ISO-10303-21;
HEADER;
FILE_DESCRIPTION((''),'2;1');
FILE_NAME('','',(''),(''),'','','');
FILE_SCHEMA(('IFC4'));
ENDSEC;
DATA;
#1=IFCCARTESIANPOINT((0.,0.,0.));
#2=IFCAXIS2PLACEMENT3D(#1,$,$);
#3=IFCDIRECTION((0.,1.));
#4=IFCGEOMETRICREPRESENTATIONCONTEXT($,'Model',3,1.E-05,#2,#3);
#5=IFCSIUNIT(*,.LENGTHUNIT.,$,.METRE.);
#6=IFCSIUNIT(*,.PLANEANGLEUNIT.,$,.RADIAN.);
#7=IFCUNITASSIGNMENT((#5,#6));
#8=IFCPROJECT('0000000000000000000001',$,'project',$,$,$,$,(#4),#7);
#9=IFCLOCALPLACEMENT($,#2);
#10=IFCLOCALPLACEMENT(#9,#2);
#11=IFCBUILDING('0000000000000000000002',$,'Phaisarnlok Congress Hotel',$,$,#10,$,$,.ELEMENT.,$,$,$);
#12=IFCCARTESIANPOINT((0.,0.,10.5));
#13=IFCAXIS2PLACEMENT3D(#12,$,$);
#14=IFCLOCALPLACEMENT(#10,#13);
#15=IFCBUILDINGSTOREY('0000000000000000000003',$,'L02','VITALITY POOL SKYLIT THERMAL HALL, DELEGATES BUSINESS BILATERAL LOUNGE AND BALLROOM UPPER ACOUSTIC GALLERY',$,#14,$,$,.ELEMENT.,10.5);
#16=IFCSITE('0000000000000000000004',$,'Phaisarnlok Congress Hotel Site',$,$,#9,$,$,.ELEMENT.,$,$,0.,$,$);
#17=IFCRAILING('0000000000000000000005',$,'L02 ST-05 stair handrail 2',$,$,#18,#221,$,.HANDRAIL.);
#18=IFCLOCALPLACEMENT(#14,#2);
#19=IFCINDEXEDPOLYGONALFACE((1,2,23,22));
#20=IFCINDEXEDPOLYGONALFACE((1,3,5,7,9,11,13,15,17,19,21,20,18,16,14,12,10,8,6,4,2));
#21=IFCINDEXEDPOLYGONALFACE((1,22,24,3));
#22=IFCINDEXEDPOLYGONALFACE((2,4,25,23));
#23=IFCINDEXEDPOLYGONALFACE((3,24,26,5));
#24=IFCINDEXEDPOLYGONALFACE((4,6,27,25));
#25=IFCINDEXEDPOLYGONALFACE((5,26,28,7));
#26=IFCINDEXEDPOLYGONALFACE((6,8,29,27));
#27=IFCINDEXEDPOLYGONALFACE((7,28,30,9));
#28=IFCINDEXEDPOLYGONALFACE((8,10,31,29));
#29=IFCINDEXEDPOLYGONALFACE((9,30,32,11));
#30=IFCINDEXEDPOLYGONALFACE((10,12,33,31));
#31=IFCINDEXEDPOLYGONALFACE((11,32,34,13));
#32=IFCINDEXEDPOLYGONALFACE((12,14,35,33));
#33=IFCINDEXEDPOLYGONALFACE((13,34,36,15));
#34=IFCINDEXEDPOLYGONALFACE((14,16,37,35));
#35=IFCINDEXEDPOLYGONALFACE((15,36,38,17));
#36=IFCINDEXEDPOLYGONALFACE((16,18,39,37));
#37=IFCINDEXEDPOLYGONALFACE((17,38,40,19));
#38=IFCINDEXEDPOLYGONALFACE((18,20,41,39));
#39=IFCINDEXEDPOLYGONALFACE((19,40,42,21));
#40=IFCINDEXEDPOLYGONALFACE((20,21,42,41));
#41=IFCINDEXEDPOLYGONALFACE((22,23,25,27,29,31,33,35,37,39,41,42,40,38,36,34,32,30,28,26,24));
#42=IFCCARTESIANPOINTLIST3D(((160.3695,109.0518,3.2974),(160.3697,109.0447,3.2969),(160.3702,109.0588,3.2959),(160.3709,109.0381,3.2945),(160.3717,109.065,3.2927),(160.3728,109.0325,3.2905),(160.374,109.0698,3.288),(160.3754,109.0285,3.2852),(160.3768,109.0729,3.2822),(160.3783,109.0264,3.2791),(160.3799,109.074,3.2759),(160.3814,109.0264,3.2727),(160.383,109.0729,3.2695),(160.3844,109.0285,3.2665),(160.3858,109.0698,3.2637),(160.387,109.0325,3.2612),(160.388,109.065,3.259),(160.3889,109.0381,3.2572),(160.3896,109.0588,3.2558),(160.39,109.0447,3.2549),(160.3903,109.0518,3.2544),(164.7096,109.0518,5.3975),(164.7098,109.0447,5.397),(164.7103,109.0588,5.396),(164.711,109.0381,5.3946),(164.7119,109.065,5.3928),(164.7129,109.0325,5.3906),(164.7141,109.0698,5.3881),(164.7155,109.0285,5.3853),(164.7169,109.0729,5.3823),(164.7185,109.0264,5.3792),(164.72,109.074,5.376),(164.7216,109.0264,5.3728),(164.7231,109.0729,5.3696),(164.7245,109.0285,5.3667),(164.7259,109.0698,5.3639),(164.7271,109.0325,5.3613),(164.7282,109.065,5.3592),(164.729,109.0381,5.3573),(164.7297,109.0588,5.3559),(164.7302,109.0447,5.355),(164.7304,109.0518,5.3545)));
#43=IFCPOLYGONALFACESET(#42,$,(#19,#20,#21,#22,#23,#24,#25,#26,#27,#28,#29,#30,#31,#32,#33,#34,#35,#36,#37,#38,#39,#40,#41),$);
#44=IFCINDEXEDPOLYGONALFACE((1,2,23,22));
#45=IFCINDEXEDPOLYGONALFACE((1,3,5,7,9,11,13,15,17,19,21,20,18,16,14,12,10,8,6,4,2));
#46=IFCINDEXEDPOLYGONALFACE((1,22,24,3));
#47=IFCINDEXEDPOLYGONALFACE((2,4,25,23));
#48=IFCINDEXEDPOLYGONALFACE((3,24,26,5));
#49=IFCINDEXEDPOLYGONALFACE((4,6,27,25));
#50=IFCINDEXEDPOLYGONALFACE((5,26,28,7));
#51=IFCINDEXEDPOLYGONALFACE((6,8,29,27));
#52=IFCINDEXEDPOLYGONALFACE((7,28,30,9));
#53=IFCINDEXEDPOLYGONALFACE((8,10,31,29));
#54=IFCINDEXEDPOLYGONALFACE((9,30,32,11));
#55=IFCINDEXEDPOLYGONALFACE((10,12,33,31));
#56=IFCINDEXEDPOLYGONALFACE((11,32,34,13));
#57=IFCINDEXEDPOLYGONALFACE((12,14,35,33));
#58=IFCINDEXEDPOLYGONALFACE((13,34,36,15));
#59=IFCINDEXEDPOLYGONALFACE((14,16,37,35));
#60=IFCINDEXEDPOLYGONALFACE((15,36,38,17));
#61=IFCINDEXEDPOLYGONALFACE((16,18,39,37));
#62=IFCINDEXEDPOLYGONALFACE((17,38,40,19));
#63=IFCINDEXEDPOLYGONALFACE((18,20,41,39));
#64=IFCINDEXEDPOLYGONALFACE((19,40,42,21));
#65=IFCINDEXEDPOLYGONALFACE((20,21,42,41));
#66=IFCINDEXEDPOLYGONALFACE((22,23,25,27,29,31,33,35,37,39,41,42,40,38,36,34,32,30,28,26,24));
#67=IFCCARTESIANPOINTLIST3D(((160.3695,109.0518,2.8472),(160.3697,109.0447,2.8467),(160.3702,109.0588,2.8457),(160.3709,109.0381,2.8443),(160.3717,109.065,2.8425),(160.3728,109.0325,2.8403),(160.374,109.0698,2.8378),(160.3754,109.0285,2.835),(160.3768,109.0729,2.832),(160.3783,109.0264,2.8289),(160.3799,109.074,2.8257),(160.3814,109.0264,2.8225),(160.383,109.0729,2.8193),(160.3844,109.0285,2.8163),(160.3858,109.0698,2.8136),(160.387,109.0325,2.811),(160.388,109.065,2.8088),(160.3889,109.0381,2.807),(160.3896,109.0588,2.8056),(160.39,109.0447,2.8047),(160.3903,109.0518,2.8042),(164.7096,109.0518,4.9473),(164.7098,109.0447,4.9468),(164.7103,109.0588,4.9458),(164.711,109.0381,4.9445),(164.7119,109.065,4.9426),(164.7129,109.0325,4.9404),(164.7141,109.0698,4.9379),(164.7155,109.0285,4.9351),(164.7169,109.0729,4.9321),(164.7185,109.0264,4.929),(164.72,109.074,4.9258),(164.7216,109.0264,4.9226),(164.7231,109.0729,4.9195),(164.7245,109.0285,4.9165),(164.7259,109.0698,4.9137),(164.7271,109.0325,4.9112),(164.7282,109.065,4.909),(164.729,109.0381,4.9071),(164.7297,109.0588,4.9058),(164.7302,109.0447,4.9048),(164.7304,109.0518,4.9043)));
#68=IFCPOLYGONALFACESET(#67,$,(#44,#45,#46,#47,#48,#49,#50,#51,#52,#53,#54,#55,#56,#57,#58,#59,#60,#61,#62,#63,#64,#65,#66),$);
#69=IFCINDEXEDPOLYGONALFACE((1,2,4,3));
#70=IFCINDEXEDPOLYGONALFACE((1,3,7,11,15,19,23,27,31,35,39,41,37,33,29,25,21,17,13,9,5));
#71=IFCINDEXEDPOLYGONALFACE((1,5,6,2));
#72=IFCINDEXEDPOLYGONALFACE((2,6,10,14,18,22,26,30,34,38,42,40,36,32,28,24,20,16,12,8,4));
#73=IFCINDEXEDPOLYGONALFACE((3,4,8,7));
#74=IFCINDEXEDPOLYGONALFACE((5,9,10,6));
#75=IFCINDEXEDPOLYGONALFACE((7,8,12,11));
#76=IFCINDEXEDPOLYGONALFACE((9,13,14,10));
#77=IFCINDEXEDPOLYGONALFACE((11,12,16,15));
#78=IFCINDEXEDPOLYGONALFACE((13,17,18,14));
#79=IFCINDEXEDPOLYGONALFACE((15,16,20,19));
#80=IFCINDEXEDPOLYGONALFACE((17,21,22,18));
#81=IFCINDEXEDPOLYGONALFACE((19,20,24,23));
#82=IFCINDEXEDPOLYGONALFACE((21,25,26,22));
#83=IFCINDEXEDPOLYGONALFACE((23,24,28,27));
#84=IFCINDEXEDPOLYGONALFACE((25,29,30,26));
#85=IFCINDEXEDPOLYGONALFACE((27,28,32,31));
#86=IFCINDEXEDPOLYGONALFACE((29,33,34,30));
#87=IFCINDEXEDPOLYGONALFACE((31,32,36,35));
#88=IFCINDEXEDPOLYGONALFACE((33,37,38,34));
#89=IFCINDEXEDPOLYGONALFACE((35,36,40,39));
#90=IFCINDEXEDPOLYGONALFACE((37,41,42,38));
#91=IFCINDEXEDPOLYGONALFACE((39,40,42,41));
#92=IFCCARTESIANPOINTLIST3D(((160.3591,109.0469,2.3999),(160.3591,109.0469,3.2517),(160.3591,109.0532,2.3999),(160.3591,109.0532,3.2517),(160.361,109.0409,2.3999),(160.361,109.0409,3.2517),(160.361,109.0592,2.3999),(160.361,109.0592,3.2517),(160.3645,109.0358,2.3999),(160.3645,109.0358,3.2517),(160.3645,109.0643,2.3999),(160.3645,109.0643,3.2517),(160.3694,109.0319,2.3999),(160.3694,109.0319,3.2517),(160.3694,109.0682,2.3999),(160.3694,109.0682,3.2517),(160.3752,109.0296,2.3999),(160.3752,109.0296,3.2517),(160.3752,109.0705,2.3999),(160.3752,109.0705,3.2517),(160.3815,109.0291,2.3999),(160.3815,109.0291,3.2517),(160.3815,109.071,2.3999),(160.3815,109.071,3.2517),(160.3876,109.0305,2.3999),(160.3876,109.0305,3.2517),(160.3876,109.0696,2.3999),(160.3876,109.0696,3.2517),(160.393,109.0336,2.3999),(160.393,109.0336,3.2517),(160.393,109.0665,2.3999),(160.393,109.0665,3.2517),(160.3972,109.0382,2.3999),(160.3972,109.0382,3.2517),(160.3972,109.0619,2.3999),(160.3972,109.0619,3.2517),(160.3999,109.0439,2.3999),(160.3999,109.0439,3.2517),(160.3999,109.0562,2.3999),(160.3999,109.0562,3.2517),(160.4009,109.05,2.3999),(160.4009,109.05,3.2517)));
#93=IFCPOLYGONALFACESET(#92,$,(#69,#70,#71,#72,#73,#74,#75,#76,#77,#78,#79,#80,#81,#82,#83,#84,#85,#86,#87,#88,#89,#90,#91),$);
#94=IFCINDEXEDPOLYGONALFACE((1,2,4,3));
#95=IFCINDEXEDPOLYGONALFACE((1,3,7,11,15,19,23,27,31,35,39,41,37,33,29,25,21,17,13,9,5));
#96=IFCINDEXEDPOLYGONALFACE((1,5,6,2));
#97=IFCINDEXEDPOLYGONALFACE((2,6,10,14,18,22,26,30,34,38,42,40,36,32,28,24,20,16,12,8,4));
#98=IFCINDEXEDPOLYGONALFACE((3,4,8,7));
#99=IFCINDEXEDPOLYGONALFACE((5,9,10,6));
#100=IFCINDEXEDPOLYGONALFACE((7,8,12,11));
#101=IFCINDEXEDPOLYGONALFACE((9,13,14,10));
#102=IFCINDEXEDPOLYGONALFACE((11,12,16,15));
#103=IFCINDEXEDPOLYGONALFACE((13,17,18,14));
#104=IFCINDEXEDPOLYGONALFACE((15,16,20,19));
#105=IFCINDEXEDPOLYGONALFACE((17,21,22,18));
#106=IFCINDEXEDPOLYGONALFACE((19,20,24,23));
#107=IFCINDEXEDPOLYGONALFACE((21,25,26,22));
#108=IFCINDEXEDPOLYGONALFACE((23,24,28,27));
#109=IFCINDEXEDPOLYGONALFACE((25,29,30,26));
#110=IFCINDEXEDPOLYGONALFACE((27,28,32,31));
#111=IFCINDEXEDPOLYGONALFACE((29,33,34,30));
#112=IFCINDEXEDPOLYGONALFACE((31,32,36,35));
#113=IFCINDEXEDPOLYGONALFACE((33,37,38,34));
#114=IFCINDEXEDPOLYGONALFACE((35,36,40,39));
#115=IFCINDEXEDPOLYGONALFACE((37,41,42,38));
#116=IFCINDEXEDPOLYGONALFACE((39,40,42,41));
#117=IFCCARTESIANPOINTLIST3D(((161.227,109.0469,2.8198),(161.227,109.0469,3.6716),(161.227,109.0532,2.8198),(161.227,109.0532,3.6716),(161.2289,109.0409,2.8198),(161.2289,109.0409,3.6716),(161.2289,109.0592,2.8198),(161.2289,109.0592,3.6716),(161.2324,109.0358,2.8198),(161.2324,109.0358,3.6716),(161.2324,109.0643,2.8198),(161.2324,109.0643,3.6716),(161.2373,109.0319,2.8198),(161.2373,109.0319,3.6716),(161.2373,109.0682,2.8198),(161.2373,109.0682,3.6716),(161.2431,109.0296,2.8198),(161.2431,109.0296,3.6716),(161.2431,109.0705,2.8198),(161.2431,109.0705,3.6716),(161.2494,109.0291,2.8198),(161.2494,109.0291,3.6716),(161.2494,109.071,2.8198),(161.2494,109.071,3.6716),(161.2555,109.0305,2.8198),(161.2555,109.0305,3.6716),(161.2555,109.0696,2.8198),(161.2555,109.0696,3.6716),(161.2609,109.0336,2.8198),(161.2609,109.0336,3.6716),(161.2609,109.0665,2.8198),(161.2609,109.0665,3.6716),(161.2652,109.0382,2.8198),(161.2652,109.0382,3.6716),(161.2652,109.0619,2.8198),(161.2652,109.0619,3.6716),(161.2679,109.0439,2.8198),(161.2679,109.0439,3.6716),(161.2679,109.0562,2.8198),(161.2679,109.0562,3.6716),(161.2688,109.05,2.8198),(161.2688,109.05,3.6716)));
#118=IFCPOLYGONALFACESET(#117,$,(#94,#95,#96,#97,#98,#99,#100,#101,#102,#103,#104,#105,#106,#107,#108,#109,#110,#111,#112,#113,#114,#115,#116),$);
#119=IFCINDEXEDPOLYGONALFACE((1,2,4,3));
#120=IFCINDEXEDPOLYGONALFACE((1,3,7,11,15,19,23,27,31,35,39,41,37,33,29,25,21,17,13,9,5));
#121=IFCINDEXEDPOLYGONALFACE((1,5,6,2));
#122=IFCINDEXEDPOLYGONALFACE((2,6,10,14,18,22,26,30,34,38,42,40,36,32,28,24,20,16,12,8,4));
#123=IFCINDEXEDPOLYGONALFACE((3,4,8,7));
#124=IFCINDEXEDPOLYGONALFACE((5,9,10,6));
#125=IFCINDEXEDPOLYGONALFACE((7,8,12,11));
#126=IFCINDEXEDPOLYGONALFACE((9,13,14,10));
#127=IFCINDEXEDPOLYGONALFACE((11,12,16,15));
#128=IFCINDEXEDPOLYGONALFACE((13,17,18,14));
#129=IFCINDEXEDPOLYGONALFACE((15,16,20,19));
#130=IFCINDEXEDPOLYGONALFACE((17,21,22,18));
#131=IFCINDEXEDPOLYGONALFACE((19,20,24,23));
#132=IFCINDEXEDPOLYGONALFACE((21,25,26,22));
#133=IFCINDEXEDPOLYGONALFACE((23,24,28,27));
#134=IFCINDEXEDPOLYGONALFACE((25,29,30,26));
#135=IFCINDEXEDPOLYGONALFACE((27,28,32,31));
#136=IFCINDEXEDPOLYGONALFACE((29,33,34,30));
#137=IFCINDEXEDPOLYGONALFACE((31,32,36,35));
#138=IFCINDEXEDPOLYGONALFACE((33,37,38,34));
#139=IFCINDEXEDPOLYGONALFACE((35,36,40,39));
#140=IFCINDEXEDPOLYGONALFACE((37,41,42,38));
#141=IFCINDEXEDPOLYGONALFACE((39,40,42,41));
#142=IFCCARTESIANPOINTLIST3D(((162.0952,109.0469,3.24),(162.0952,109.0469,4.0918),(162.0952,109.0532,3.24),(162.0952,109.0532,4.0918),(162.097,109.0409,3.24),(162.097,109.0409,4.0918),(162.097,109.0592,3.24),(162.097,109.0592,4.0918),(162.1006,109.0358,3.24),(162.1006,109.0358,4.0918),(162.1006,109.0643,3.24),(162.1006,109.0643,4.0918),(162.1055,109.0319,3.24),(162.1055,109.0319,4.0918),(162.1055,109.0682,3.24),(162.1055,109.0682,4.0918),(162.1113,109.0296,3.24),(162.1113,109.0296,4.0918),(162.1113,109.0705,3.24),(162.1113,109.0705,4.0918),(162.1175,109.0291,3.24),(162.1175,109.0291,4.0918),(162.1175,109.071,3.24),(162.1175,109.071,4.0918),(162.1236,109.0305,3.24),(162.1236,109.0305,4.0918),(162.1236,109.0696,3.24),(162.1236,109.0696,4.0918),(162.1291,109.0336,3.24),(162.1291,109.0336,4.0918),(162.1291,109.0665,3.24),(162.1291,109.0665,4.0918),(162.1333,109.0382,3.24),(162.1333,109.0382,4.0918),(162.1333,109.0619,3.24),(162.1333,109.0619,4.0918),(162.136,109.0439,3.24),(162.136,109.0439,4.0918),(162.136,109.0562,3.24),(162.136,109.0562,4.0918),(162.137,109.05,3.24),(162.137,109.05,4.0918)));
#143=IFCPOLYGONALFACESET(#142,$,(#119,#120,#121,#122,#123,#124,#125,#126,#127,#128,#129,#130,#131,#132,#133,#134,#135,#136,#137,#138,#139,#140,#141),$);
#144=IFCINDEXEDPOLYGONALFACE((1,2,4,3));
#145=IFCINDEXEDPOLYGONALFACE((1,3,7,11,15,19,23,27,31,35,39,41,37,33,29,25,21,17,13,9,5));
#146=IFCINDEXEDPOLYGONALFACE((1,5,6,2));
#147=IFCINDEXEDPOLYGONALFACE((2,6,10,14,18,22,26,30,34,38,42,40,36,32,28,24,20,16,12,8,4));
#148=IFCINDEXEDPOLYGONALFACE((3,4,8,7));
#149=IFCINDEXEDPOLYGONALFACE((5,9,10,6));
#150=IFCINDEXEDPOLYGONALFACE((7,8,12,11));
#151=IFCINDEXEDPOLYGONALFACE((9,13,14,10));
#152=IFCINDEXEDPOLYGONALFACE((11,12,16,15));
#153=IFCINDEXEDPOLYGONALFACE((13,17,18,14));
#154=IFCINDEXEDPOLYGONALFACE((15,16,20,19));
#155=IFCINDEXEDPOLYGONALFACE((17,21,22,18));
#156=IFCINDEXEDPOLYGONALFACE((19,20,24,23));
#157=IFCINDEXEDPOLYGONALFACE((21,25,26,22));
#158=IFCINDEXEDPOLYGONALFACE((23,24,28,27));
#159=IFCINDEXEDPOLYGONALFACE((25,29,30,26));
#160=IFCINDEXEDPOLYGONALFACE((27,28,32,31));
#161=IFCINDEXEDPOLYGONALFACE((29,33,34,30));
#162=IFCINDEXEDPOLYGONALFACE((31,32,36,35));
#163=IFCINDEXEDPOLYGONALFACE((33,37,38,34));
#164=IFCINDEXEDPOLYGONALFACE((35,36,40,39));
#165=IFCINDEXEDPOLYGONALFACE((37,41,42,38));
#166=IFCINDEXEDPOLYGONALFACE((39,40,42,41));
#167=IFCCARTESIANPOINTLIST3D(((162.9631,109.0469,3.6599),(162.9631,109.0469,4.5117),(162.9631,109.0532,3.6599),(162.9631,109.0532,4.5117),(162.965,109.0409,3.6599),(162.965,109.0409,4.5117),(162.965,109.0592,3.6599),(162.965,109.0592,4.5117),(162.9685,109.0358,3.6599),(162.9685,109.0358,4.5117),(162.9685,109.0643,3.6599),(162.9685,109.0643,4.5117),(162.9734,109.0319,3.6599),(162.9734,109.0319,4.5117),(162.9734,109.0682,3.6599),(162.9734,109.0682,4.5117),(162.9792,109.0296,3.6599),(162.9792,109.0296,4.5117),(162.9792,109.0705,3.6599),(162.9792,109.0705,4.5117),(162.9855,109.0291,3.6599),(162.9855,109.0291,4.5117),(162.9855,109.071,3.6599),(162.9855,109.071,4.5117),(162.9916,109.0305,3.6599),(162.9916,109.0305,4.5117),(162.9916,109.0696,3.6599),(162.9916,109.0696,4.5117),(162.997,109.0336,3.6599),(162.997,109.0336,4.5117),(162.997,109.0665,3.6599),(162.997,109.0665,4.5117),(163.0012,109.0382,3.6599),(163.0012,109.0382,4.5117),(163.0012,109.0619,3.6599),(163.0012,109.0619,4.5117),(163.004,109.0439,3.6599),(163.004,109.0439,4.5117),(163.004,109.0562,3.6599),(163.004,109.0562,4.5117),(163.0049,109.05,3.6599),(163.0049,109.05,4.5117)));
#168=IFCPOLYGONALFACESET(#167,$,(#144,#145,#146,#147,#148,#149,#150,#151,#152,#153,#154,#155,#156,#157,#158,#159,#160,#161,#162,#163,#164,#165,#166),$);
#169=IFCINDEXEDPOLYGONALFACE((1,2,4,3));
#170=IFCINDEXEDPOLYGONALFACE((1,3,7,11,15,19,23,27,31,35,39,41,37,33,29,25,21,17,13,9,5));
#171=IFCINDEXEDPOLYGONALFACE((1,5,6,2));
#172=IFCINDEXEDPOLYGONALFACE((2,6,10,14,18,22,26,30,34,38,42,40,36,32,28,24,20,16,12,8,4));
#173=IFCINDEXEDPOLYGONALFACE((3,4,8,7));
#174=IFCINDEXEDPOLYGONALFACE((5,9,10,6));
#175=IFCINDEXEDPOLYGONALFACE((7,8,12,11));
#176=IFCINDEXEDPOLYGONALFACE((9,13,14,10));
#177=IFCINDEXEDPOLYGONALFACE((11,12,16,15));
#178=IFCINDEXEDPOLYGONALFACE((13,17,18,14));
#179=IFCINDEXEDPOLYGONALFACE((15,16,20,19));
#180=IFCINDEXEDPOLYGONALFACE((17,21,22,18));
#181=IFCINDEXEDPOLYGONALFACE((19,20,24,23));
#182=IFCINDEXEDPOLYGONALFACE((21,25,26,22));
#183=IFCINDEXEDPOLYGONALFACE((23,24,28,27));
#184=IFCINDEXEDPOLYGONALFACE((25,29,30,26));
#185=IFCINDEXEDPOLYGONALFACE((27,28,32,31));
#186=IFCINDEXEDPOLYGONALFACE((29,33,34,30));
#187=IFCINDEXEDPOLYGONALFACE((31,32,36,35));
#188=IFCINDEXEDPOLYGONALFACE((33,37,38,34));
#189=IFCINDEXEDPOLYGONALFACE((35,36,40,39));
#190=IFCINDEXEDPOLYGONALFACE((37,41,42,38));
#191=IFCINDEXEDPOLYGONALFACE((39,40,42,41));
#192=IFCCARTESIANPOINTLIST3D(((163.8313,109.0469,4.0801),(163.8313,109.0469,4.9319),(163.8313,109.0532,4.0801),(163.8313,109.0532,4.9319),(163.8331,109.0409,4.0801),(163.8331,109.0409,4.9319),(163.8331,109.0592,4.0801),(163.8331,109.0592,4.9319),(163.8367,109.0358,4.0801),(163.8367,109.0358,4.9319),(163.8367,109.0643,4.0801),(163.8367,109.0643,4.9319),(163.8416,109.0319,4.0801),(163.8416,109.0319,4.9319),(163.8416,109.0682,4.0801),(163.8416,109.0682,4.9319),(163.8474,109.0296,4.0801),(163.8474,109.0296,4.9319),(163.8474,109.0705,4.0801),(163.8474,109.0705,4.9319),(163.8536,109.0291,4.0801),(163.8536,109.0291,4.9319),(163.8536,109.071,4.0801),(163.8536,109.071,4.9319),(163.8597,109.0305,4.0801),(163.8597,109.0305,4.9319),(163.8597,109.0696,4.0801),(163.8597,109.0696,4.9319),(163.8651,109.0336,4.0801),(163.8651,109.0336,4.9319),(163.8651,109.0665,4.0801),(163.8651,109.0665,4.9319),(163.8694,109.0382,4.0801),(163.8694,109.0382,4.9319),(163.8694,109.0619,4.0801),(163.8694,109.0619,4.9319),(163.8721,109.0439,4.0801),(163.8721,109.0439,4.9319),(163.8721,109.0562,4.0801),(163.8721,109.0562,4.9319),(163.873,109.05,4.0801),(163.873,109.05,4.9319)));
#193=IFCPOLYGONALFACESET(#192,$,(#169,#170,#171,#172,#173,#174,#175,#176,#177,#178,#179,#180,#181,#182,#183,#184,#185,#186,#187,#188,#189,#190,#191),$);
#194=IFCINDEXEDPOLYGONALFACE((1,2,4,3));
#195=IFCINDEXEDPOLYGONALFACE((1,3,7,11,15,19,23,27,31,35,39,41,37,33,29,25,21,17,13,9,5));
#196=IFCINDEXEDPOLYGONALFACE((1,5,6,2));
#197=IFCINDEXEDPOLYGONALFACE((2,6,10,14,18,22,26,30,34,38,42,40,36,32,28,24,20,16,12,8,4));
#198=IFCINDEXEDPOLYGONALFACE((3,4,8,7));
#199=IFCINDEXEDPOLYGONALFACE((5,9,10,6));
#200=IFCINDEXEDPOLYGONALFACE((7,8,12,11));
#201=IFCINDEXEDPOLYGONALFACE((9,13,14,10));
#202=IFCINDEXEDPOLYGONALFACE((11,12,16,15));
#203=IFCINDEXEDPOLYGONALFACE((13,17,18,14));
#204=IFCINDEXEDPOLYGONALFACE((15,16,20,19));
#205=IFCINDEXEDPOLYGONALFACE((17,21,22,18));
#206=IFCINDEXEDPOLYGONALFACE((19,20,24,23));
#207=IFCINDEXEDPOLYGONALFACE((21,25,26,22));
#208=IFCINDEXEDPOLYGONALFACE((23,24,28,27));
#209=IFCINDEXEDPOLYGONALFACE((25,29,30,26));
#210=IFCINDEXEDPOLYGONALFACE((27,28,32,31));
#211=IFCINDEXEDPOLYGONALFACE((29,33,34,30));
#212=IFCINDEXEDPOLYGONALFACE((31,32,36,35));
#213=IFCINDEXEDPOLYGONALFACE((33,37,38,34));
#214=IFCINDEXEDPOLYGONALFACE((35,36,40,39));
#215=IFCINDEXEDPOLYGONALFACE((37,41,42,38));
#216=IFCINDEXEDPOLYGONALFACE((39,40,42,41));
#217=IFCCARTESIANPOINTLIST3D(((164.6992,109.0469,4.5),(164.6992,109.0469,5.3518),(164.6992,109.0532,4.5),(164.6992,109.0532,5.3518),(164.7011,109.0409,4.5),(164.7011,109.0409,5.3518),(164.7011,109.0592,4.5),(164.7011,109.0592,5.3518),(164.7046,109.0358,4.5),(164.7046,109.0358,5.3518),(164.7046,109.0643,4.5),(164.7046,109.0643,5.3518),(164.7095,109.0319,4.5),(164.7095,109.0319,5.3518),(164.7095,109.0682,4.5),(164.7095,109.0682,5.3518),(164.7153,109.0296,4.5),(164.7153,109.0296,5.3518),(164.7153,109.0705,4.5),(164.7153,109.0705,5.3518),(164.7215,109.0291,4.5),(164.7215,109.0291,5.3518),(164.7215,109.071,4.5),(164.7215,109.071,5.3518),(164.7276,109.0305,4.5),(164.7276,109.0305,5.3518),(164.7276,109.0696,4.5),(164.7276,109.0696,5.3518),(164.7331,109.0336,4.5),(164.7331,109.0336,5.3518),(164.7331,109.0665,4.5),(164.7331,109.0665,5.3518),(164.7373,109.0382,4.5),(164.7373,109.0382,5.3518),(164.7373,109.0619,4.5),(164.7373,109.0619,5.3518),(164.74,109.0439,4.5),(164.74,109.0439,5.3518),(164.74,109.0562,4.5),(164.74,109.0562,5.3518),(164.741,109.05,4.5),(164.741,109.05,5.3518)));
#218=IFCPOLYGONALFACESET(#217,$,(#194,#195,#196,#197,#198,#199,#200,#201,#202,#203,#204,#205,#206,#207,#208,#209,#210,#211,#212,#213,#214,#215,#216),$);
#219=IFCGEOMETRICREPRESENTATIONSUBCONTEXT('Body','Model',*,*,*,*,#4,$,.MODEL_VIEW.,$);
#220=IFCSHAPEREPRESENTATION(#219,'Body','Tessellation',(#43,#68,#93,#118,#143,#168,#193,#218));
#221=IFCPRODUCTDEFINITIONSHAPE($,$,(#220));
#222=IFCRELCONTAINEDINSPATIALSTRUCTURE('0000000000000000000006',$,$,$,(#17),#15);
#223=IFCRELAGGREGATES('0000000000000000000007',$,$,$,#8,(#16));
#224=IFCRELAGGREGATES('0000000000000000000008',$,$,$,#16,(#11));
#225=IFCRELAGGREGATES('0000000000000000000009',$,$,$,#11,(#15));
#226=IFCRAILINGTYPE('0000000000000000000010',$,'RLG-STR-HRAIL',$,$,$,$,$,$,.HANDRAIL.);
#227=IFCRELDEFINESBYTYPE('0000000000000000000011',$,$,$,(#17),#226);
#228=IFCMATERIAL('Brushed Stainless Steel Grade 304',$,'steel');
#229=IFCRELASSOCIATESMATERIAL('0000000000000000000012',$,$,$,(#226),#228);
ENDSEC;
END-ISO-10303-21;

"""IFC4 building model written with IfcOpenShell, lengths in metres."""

from ifc_helpers import new_model, si_unit, direction, frame, origin, origin_2d, place, context, subcontext, project, spatial, circle, extrude, material, type_object, element, save


model = new_model("IFC4")

# Units and contexts
model_context = context("Model", 3, precision=1e-05, world=origin(), true_north=direction((0.0, 1.0)))
body_context = subcontext(model_context, "Body", "Model", "MODEL_VIEW")
ifc_project = project(units=[si_unit("LENGTHUNIT", "METRE"), si_unit("PLANEANGLEUNIT", "RADIAN")], contexts=[model_context])

# Site, building, storey
site_placement = place(None, origin())
site = spatial("IfcSite", under=ifc_project, at=site_placement, Name="Phaisarnlok Congress Hotel Site", CompositionType="ELEMENT", RefElevation=0.0)
building_placement = place(site_placement, origin())
building = spatial("IfcBuilding", under=site, at=building_placement, Name="Phaisarnlok Congress Hotel", CompositionType="ELEMENT")
storey_placement = place(building_placement, frame((0.0, 0.0, 10.5)))
storey = spatial("IfcBuildingStorey", under=building, at=storey_placement, Name="L02", Description="VITALITY POOL SKYLIT THERMAL HALL, DELEGATES BUSINESS BILATERAL LOUNGE AND BALLROOM UPPER ACOUSTIC GALLERY", CompositionType="ELEMENT", Elevation=10.5)

# Railing
ifc_material_1 = material(Name="Brushed Stainless Steel Grade 304", Category="steel")
railing_type_1 = type_object("IfcRailingType", Name="RLG-STR-HRAIL", PredefinedType="HANDRAIL", material=ifc_material_1)
railing_1_placement = place(storey_placement, frame((160.3799, 109.05, 2.3999)))
element("IfcRailing", 1, at=railing_1_placement, inside=storey, type_object=railing_type_1, Name="L02 ST-05 stair handrail 2", PredefinedType="HANDRAIL", context=body_context, shape_type="SweptSolid", body=[
    extrude(circle(Radius=0.0239, at=origin_2d()), frame((0.0, 0.0, 0.876), z_axis=(0.900155, 0.0, 0.43557), x_axis=(0.0, 1.0, 0.0)), (0.0, 0.0, 1.0), 4.8215),
    extrude(circle(Radius=0.0239, at=origin_2d()), frame((0.0, 0.0, 0.4258), z_axis=(0.900155, 0.0, 0.43557), x_axis=(0.0, 1.0, 0.0)), (0.0, 0.0, 1.0), 4.8215),
    extrude(circle(Radius=0.021, at=origin_2d()), origin(), (0.0, 0.0, 1.0), 0.8518),
    extrude(circle(Radius=0.021, at=origin_2d()), frame((0.8679, 0.0, 0.4199)), (0.0, 0.0, 1.0), 0.8518),
    extrude(circle(Radius=0.021, at=origin_2d()), frame((1.7361, 0.0, 0.8401)), (0.0, 0.0, 1.0), 0.8518),
    extrude(circle(Radius=0.021, at=origin_2d()), frame((2.604, 0.0, 1.26)), (0.0, 0.0, 1.0), 0.8518),
    extrude(circle(Radius=0.021, at=origin_2d()), frame((3.4722, 0.0, 1.6802)), (0.0, 0.0, 1.0), 0.8518),
    extrude(circle(Radius=0.021, at=origin_2d()), frame((4.3401, 0.0, 2.1001)), (0.0, 0.0, 1.0), 0.8518),
])

save(model, "model.ifc")
